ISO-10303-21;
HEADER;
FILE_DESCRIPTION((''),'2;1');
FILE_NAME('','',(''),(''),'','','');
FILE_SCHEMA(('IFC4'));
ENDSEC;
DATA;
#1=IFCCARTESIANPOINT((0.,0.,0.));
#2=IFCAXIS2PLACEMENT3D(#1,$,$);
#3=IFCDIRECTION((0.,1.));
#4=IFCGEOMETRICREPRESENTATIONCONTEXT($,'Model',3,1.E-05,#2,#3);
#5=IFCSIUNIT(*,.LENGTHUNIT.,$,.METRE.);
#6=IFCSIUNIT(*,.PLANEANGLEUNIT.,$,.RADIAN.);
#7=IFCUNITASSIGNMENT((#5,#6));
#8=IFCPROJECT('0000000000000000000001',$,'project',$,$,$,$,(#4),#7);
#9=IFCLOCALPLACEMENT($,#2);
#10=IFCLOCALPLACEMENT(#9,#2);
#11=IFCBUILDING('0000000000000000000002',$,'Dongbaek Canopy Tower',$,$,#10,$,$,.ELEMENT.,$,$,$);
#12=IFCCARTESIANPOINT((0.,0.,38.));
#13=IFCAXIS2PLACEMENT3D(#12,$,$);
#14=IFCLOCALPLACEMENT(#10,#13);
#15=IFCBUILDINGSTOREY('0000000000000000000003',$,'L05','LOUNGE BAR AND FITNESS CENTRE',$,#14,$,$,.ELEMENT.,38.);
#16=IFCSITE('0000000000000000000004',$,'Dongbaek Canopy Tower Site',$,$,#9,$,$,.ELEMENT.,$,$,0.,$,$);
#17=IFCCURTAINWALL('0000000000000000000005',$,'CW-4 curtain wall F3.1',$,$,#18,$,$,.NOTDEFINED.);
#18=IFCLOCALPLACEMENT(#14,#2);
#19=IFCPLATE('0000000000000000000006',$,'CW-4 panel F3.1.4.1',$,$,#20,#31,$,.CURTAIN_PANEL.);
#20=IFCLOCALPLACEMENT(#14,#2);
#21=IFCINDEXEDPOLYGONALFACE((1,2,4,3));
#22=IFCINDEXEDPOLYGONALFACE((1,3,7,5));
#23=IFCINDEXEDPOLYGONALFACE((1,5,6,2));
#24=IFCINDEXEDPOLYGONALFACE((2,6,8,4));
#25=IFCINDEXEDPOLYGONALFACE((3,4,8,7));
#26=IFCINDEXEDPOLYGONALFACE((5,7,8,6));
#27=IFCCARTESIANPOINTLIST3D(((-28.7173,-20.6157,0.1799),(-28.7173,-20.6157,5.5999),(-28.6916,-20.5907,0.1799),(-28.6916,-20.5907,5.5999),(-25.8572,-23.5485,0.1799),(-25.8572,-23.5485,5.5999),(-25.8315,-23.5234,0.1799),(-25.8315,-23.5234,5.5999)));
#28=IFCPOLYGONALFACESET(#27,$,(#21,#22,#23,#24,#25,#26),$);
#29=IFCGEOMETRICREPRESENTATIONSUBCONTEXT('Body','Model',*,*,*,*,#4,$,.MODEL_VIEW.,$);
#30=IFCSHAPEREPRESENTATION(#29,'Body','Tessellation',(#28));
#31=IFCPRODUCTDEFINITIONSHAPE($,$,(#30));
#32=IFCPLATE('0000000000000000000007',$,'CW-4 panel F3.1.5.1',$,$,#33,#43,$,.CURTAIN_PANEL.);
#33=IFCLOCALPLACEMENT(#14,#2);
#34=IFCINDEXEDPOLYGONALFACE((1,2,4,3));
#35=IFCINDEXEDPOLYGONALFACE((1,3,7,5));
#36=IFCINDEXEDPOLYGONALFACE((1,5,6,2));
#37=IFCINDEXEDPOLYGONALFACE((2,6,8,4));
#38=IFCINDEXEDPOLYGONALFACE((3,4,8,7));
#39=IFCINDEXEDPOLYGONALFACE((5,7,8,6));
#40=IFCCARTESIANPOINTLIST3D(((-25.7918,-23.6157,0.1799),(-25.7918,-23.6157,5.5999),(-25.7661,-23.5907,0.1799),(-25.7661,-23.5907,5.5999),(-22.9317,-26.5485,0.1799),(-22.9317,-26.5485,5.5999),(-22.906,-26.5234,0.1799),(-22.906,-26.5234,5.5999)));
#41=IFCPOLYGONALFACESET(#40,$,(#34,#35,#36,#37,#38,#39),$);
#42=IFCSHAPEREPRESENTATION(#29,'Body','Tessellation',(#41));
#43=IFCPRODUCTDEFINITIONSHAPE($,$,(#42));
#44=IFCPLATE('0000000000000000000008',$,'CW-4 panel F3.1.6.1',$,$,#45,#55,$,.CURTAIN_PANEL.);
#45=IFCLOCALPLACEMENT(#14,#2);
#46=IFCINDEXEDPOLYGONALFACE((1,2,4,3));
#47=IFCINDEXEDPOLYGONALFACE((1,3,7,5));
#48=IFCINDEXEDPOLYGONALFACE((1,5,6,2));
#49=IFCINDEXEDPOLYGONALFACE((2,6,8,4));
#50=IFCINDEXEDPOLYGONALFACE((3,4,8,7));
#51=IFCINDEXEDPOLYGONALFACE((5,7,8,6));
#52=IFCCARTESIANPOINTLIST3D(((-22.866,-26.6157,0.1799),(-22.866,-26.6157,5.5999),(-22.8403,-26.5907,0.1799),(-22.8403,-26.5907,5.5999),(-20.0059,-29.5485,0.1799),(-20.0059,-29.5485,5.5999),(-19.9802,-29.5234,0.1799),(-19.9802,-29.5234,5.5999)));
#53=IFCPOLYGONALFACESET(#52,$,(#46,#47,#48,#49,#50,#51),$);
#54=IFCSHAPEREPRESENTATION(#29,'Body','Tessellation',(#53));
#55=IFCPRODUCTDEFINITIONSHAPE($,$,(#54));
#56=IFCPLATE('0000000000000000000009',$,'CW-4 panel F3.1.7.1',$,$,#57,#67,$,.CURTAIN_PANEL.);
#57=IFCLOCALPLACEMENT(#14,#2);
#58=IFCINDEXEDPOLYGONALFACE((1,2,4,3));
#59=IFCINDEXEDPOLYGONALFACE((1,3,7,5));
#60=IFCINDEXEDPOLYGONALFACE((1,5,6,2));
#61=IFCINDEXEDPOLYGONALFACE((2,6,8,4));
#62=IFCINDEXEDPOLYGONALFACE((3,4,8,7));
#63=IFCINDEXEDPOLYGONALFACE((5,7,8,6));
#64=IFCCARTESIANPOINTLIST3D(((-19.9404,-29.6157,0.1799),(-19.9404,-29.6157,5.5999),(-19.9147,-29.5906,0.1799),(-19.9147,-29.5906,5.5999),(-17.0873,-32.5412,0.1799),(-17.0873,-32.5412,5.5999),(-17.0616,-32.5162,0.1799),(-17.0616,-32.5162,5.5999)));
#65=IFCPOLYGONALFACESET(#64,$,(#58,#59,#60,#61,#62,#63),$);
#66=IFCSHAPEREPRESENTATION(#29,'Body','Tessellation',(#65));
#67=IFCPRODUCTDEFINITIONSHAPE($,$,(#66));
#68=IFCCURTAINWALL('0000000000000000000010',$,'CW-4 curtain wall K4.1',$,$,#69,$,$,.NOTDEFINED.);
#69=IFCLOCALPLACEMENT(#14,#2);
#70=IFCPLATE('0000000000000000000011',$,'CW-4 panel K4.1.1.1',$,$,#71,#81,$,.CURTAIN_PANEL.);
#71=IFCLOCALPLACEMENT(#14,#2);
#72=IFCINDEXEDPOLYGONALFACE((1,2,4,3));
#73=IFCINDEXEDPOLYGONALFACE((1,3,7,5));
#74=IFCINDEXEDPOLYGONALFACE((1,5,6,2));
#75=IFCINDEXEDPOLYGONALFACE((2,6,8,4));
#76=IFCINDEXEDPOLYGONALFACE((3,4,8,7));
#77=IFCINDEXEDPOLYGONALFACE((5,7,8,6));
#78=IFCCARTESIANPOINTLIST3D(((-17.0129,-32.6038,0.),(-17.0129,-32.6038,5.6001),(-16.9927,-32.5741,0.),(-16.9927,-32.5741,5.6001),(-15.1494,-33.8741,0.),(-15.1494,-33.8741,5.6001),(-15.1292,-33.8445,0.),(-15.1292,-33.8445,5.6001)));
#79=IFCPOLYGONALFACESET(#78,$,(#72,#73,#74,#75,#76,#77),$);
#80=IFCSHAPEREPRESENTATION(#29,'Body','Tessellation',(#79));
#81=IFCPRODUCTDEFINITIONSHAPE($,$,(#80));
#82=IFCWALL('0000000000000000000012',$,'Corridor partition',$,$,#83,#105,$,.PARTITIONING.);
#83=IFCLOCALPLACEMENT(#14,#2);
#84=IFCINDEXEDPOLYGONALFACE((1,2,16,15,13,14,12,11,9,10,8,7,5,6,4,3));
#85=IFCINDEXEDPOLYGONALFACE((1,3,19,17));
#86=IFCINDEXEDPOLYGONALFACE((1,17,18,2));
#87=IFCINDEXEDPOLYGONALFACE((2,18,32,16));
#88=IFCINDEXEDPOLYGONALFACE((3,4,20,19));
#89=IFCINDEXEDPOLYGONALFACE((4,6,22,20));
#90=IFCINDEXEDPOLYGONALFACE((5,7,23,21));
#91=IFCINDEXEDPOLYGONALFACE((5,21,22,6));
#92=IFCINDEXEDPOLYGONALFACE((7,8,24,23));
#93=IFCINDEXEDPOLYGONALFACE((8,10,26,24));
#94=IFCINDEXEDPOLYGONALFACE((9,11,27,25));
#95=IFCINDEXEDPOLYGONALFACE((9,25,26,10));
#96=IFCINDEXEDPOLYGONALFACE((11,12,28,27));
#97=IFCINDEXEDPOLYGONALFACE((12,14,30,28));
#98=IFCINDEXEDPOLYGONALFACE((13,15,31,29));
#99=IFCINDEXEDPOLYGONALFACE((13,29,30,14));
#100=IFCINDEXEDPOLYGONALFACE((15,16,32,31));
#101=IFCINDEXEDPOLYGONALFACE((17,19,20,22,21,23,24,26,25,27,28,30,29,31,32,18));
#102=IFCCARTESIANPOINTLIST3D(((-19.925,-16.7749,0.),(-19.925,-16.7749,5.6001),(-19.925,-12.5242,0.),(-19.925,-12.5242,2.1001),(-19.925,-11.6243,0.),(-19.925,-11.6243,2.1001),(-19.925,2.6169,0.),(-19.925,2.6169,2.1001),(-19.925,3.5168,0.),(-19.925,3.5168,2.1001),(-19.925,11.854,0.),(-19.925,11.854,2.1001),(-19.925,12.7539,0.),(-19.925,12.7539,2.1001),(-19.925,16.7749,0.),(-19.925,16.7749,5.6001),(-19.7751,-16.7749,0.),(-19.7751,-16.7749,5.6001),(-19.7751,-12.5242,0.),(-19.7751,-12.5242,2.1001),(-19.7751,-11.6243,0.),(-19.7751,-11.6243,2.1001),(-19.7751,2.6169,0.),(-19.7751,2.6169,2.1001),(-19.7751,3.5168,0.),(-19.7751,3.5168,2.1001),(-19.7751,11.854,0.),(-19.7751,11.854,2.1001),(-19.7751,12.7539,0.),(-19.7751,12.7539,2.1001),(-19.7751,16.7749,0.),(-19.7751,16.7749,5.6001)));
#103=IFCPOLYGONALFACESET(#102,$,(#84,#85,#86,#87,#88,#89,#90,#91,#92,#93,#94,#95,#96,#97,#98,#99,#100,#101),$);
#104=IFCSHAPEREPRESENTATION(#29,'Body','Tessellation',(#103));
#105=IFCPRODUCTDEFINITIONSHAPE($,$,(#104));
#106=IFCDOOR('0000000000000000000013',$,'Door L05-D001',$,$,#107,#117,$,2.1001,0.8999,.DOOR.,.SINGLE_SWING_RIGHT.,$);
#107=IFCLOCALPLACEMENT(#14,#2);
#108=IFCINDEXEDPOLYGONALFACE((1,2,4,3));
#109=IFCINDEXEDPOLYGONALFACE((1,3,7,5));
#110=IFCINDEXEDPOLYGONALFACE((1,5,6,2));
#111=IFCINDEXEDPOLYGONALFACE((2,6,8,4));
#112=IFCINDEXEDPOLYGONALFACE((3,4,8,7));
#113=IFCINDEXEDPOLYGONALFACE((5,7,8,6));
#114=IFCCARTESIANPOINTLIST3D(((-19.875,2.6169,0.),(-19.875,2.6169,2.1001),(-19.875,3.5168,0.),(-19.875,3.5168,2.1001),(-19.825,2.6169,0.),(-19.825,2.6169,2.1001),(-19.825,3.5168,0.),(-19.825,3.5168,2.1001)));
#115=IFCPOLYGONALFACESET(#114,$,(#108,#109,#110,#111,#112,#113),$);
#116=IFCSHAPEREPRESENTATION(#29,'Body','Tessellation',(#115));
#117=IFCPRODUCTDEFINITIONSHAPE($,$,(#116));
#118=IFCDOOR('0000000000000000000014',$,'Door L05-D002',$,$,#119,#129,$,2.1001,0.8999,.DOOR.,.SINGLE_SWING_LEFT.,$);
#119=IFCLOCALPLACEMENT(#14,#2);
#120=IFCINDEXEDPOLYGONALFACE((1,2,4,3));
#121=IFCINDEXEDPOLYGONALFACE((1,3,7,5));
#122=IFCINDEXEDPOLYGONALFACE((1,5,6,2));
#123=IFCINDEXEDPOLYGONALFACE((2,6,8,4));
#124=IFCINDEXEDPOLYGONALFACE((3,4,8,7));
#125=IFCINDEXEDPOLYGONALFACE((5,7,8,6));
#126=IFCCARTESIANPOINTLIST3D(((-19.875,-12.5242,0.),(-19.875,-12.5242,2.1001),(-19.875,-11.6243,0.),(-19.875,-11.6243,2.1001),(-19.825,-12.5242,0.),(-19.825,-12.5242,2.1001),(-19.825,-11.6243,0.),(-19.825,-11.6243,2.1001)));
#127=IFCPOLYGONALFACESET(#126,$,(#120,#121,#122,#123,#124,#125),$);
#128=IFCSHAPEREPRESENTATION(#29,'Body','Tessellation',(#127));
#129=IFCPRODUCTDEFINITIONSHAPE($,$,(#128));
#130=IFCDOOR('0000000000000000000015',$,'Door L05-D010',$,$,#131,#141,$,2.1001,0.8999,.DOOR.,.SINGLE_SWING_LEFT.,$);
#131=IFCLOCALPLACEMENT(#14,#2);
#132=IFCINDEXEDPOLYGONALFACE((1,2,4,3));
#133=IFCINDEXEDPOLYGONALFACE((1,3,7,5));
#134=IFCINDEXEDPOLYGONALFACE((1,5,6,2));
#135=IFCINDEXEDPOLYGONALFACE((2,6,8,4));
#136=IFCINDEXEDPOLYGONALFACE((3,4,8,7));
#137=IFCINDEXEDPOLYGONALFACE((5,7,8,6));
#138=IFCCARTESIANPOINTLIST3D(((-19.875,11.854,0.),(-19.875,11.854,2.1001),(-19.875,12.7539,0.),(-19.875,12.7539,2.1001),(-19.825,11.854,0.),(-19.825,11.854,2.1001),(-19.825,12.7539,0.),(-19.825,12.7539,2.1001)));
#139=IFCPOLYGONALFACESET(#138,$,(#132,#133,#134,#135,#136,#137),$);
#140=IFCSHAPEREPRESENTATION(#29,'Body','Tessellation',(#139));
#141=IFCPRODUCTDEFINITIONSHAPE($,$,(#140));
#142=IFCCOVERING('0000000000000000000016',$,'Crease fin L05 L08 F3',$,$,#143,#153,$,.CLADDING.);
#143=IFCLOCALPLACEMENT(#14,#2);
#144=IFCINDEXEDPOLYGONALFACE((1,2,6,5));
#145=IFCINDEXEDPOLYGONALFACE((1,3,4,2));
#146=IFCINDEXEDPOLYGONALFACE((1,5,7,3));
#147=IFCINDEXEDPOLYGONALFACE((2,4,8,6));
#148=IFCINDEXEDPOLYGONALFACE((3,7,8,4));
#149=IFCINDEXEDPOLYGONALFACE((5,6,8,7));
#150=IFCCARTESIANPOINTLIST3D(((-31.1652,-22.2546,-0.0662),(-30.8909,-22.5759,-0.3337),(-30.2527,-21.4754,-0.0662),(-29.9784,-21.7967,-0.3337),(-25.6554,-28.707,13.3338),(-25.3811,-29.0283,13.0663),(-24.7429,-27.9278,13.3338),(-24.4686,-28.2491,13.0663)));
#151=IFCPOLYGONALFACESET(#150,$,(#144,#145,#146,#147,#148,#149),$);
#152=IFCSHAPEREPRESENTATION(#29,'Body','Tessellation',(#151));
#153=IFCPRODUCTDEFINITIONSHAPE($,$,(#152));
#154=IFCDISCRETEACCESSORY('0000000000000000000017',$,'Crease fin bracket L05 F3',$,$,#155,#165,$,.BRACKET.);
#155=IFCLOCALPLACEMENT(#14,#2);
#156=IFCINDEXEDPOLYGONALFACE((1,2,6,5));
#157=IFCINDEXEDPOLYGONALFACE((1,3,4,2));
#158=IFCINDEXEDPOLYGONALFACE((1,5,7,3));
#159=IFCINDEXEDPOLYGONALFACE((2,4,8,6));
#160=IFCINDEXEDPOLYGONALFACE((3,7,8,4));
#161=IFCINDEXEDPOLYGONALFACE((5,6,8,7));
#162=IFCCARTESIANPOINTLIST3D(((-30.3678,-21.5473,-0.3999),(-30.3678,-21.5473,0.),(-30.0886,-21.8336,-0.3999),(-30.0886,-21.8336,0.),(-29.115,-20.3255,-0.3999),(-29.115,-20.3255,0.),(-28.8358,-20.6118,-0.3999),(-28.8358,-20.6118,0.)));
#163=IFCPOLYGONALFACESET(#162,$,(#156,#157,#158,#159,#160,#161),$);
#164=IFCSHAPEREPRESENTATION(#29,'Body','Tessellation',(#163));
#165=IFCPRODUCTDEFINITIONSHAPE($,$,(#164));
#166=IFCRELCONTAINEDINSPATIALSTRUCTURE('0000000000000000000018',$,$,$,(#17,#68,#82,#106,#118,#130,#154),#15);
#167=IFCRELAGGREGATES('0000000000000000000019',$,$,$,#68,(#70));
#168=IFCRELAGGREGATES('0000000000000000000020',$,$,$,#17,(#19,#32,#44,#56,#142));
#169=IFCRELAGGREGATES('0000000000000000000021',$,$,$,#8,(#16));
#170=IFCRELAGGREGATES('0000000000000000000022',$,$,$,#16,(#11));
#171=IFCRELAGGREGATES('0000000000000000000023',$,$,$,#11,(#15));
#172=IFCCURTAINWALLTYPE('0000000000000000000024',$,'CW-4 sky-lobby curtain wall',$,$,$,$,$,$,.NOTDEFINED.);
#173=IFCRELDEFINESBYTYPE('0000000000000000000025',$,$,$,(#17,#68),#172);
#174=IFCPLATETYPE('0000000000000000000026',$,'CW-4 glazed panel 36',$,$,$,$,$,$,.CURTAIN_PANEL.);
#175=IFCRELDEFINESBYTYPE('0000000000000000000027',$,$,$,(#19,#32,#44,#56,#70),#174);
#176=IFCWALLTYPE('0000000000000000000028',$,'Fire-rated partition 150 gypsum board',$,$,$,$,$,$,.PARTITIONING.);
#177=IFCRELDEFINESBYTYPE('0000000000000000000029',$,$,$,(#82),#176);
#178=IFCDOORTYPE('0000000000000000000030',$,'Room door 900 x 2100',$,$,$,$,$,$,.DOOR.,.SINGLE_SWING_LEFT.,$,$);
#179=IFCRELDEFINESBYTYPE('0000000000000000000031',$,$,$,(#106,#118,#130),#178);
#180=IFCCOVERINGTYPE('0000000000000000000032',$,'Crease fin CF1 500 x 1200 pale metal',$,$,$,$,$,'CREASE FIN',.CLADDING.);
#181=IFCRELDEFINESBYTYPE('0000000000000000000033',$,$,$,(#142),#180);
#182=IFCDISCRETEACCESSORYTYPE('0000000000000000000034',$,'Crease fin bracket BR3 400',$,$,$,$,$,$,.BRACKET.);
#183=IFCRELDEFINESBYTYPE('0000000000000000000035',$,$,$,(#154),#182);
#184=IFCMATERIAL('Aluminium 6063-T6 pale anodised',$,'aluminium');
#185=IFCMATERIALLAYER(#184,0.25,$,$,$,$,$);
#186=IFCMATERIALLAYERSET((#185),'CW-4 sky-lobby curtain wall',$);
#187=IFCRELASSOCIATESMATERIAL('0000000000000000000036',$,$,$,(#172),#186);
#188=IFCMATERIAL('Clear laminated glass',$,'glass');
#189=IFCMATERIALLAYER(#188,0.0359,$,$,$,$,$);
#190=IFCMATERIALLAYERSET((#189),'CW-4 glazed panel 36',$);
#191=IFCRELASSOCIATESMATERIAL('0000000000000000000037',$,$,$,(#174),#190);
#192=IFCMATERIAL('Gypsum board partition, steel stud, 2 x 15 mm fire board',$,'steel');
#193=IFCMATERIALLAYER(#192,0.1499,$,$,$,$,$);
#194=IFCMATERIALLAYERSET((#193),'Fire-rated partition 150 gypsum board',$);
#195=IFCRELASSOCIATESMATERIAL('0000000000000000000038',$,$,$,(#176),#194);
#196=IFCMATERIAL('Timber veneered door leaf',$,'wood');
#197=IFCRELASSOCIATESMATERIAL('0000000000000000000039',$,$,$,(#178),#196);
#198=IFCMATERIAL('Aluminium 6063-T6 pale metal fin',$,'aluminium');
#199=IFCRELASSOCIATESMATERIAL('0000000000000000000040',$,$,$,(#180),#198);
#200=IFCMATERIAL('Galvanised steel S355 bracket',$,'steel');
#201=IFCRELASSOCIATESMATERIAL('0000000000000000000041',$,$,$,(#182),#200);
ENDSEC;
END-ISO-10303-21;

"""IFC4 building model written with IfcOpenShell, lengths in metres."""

from ifc_helpers import new_model, si_unit, direction, frame, frame_2d, origin, origin_2d, place, context, subcontext, project, spatial, rectangle, extrude, material, layer, layer_set, material_profile, profile_set, type_object, element, fill, aggregate, save


model = new_model("IFC4")

# Units and contexts
model_context = context("Model", 3, precision=1e-05, world=origin(), true_north=direction((0.0, 1.0)))
body_context = subcontext(model_context, "Body", "Model", "MODEL_VIEW")
ifc_project = project(units=[si_unit("LENGTHUNIT", "METRE"), si_unit("PLANEANGLEUNIT", "RADIAN")], contexts=[model_context])

# Site, building, storey
site_placement = place(None, origin())
site = spatial("IfcSite", under=ifc_project, at=site_placement, Name="Dongbaek Canopy Tower Site", CompositionType="ELEMENT", RefElevation=0.0)
building_placement = place(site_placement, origin())
building = spatial("IfcBuilding", under=site, at=building_placement, Name="Dongbaek Canopy Tower", CompositionType="ELEMENT")
storey_placement = place(building_placement, frame((0.0, 0.0, 38.0)))
storey = spatial("IfcBuildingStorey", under=building, at=storey_placement, Name="L05", Description="LOUNGE BAR AND FITNESS CENTRE", CompositionType="ELEMENT", Elevation=38.0)

# Curtain wall
ifc_material_1 = material(Name="Aluminium 6063-T6 pale anodised", Category="aluminium")
ifc_layer_1 = layer(ifc_material_1, 0.25)
ifc_layer_set_1 = layer_set([ifc_layer_1], Name="CW-4 sky-lobby curtain wall")
curtain_wall_type = type_object("IfcCurtainWallType", Name="CW-4 sky-lobby curtain wall", PredefinedType="NOTDEFINED", material=ifc_layer_set_1)
curtain_wall_1_placement = place(storey_placement, origin())
curtain_wall_1 = element("IfcCurtainWall", 1, at=curtain_wall_1_placement, inside=storey, type_object=curtain_wall_type, Name="CW-4 curtain wall F3.1", PredefinedType="NOTDEFINED")

# Plates
ifc_material_2 = material(Name="Clear laminated glass", Category="glass")
ifc_layer_2 = layer(ifc_material_2, 0.0359)
ifc_layer_set_2 = layer_set([ifc_layer_2], Name="CW-4 glazed panel 36")
plate_type = type_object("IfcPlateType", Name="CW-4 glazed panel 36", PredefinedType="CURTAIN_PANEL", material=ifc_layer_set_2)
plate_1_placement = place(storey_placement, frame((-27.2744, -22.0696, 0.1799), z_axis=(0.0, 0.0, 1.0), x_axis=(0.698181, -0.715921, 0.0)))
plate_1 = element("IfcPlate", 2, at=plate_1_placement, type_object=plate_type, Name="CW-4 panel F3.1.4.1", PredefinedType="CURTAIN_PANEL", context=body_context, shape_type="SweptSolid", body=[
    extrude(rectangle(XDim=4.0964, YDim=0.0359, at=origin_2d()), origin(), (0.0, 0.0, 1.0), 5.4199),
])
plate_2_placement = place(storey_placement, frame((-24.3489, -25.0696, 0.1799), z_axis=(0.0, 0.0, 1.0), x_axis=(0.698181, -0.715921, 0.0)))
plate_2 = element("IfcPlate", 3, at=plate_2_placement, type_object=plate_type, Name="CW-4 panel F3.1.5.1", PredefinedType="CURTAIN_PANEL", context=body_context, shape_type="SweptSolid", body=[
    extrude(rectangle(XDim=4.0964, YDim=0.0359, at=origin_2d()), origin(), (0.0, 0.0, 1.0), 5.4199),
])
plate_3_placement = place(storey_placement, frame((-21.4231, -28.0696, 0.1799), z_axis=(0.0, 0.0, 1.0), x_axis=(0.698181, -0.715921, 0.0)))
plate_3 = element("IfcPlate", 4, at=plate_3_placement, type_object=plate_type, Name="CW-4 panel F3.1.6.1", PredefinedType="CURTAIN_PANEL", context=body_context, shape_type="SweptSolid", body=[
    extrude(rectangle(XDim=4.0964, YDim=0.0359, at=origin_2d()), origin(), (0.0, 0.0, 1.0), 5.4199),
])
plate_4_placement = place(storey_placement, frame((-18.501, -31.0659, 0.1799), z_axis=(0.0, 0.0, 1.0), x_axis=(0.698181, -0.715921, 0.0)))
plate_4 = element("IfcPlate", 5, at=plate_4_placement, type_object=plate_type, Name="CW-4 panel F3.1.7.1", PredefinedType="CURTAIN_PANEL", context=body_context, shape_type="SweptSolid", body=[
    extrude(rectangle(XDim=4.0864, YDim=0.0359, at=origin_2d()), origin(), (0.0, 0.0, 1.0), 5.4199),
])

# Curtain wall, plate
curtain_wall_2_placement = place(storey_placement, origin())
curtain_wall_2 = element("IfcCurtainWall", 6, at=curtain_wall_2_placement, inside=storey, type_object=curtain_wall_type, Name="CW-4 curtain wall K4.1", PredefinedType="NOTDEFINED")
plate_5_placement = place(storey_placement, frame((-16.071, -33.2241, 0.0), z_axis=(0.0, 0.0, 1.0), x_axis=(0.82628, -0.56326, 0.0)))
plate_5 = element("IfcPlate", 7, at=plate_5_placement, type_object=plate_type, Name="CW-4 panel K4.1.1.1", PredefinedType="CURTAIN_PANEL", context=body_context, shape_type="SweptSolid", body=[
    extrude(rectangle(XDim=2.2554, YDim=0.0359, at=origin_2d()), origin(), (0.0, 0.0, 1.0), 5.6001),
])
aggregate(curtain_wall_2, [plate_5])

# Wall, openings, doors
ifc_material_3 = material(Name="Gypsum board partition, steel stud, 2 x 15 mm fire board", Category="steel")
ifc_layer_3 = layer(ifc_material_3, 0.1499)
ifc_layer_set_3 = layer_set([ifc_layer_3], Name="Fire-rated partition 150 gypsum board")
wall_type = type_object("IfcWallType", Name="Fire-rated partition 150 gypsum board", PredefinedType="PARTITIONING", material=ifc_layer_set_3)
wall_placement = place(storey_placement, frame((-19.8501, -16.7749, 0.0), z_axis=(0.0, 0.0, 1.0), x_axis=(0.0, 1.0, 0.0)))
wall = element("IfcWall", 8, at=wall_placement, inside=storey, type_object=wall_type, Name="Corridor partition", PredefinedType="PARTITIONING", context=body_context, shape_type="SweptSolid", body=[
    extrude(rectangle(XDim=33.5498, YDim=0.1499, at=frame_2d((16.7749, 0.0))), origin(), (0.0, 0.0, 1.0), 5.6001),
])
opening_1_placement = place(wall_placement, frame((19.3918, 0.0, 0.0)))
opening_1 = element("IfcOpeningElement", 9, at=opening_1_placement, cuts=wall, PredefinedType="OPENING", context=body_context, shape_type="SweptSolid", body=[
    extrude(rectangle(XDim=0.8999, YDim=2.1001, at=frame_2d((0.45, 1.05))), frame((0.0, 0.085, 0.0), z_axis=(0.0, -1.0, 0.0), x_axis=(1.0, 0.0, 0.0)), (0.0, 0.0, 1.0), 0.1699),
])
opening_2_placement = place(wall_placement, frame((4.2507, 0.0, 0.0)))
opening_2 = element("IfcOpeningElement", 10, at=opening_2_placement, cuts=wall, PredefinedType="OPENING", context=body_context, shape_type="SweptSolid", body=[
    extrude(rectangle(XDim=0.8999, YDim=2.1001, at=frame_2d((0.45, 1.05))), frame((0.0, 0.085, 0.0), z_axis=(0.0, -1.0, 0.0), x_axis=(1.0, 0.0, 0.0)), (0.0, 0.0, 1.0), 0.1699),
])
opening_3_placement = place(wall_placement, frame((28.6289, 0.0, 0.0)))
opening_3 = element("IfcOpeningElement", 11, at=opening_3_placement, cuts=wall, PredefinedType="OPENING", context=body_context, shape_type="SweptSolid", body=[
    extrude(rectangle(XDim=0.8999, YDim=2.1001, at=frame_2d((0.45, 1.05))), frame((0.0, 0.085, 0.0), z_axis=(0.0, -1.0, 0.0), x_axis=(1.0, 0.0, 0.0)), (0.0, 0.0, 1.0), 0.1699),
])
ifc_material_4 = material(Name="Timber veneered door leaf", Category="wood")
door_type = type_object("IfcDoorType", Name="Room door 900 x 2100", OperationType="SINGLE_SWING_LEFT", PredefinedType="DOOR", material=ifc_material_4)
door_1_placement = place(opening_1_placement, origin())
door_1 = element("IfcDoor", 12, at=door_1_placement, inside=storey, type_object=door_type, Name="Door L05-D001", OperationType="SINGLE_SWING_RIGHT", OverallHeight=2.1001, OverallWidth=0.8999, PredefinedType="DOOR", context=body_context, shape_type="SweptSolid", body=[
    extrude(rectangle(XDim=0.8999, YDim=2.1001, at=frame_2d((0.45, 1.05))), frame((0.0, 0.0249, 0.0), z_axis=(0.0, -1.0, 0.0), x_axis=(1.0, 0.0, 0.0)), (0.0, 0.0, 1.0), 0.05),
])
fill(opening_1, door_1)
door_2_placement = place(opening_2_placement, origin())
door_2 = element("IfcDoor", 13, at=door_2_placement, inside=storey, type_object=door_type, Name="Door L05-D002", OperationType="SINGLE_SWING_LEFT", OverallHeight=2.1001, OverallWidth=0.8999, PredefinedType="DOOR", context=body_context, shape_type="SweptSolid", body=[
    extrude(rectangle(XDim=0.8999, YDim=2.1001, at=frame_2d((0.45, 1.05))), frame((0.0, 0.0249, 0.0), z_axis=(0.0, -1.0, 0.0), x_axis=(1.0, 0.0, 0.0)), (0.0, 0.0, 1.0), 0.05),
])
fill(opening_2, door_2)
door_3_placement = place(opening_3_placement, origin())
door_3 = element("IfcDoor", 14, at=door_3_placement, inside=storey, type_object=door_type, Name="Door L05-D010", OperationType="SINGLE_SWING_LEFT", OverallHeight=2.1001, OverallWidth=0.8999, PredefinedType="DOOR", context=body_context, shape_type="SweptSolid", body=[
    extrude(rectangle(XDim=0.8999, YDim=2.1001, at=frame_2d((0.45, 1.05))), frame((0.0, 0.0249, 0.0), z_axis=(0.0, -1.0, 0.0), x_axis=(1.0, 0.0, 0.0)), (0.0, 0.0, 1.0), 0.05),
])
fill(opening_3, door_3)

# Covering
ifc_material_5 = material(Name="Aluminium 6063-T6 pale metal fin", Category="aluminium")
ifc_material_profile_1 = material_profile(ifc_material_5, rectangle(XDim=1.2, YDim=0.5, at=origin_2d()), Name="Crease fin CF1 500 x 1200 pale metal")
ifc_profile_set_1 = profile_set([ifc_material_profile_1], Name="Aluminium 6063-T6 pale metal fin")
covering_type = type_object("IfcCoveringType", Name="Crease fin CF1 500 x 1200 pale metal", ElementType="CREASE FIN", PredefinedType="CLADDING", material=ifc_profile_set_1)
covering_placement = place(storey_placement, frame((-30.5718, -22.0256, -0.2), z_axis=(0.347394, -0.406827, 0.844872), x_axis=(0.76047, 0.649373, 0.0)))
covering = element("IfcCovering", 15, at=covering_placement, type_object=covering_type, Name="Crease fin L05 L08 F3", PredefinedType="CLADDING", context=body_context, shape_type="SweptSolid", body=[
    extrude(rectangle(XDim=1.2, YDim=0.5, at=origin_2d()), origin(), (0.0, 0.0, 1.0), 15.8604),
])
aggregate(curtain_wall_1, [plate_1, plate_2, plate_3, plate_4, covering])

# Discrete accessory
ifc_material_6 = material(Name="Galvanised steel S355 bracket", Category="steel")
discrete_accessory_type = type_object("IfcDiscreteAccessoryType", Name="Crease fin bracket BR3 400", PredefinedType="BRACKET", material=ifc_material_6)
discrete_accessory_placement = place(storey_placement, frame((-29.6018, -21.0796, -0.3999), z_axis=(0.0, 0.0, 1.0), x_axis=(-0.715921, -0.698182, 0.0)))
element("IfcDiscreteAccessory", 16, at=discrete_accessory_placement, inside=storey, type_object=discrete_accessory_type, Name="Crease fin bracket L05 F3", PredefinedType="BRACKET", context=body_context, shape_type="SweptSolid", body=[
    extrude(rectangle(XDim=1.75, YDim=0.3999, at=origin_2d()), origin(), (0.0, 0.0, 1.0), 0.3999),
])

save(model, "model.ifc")
